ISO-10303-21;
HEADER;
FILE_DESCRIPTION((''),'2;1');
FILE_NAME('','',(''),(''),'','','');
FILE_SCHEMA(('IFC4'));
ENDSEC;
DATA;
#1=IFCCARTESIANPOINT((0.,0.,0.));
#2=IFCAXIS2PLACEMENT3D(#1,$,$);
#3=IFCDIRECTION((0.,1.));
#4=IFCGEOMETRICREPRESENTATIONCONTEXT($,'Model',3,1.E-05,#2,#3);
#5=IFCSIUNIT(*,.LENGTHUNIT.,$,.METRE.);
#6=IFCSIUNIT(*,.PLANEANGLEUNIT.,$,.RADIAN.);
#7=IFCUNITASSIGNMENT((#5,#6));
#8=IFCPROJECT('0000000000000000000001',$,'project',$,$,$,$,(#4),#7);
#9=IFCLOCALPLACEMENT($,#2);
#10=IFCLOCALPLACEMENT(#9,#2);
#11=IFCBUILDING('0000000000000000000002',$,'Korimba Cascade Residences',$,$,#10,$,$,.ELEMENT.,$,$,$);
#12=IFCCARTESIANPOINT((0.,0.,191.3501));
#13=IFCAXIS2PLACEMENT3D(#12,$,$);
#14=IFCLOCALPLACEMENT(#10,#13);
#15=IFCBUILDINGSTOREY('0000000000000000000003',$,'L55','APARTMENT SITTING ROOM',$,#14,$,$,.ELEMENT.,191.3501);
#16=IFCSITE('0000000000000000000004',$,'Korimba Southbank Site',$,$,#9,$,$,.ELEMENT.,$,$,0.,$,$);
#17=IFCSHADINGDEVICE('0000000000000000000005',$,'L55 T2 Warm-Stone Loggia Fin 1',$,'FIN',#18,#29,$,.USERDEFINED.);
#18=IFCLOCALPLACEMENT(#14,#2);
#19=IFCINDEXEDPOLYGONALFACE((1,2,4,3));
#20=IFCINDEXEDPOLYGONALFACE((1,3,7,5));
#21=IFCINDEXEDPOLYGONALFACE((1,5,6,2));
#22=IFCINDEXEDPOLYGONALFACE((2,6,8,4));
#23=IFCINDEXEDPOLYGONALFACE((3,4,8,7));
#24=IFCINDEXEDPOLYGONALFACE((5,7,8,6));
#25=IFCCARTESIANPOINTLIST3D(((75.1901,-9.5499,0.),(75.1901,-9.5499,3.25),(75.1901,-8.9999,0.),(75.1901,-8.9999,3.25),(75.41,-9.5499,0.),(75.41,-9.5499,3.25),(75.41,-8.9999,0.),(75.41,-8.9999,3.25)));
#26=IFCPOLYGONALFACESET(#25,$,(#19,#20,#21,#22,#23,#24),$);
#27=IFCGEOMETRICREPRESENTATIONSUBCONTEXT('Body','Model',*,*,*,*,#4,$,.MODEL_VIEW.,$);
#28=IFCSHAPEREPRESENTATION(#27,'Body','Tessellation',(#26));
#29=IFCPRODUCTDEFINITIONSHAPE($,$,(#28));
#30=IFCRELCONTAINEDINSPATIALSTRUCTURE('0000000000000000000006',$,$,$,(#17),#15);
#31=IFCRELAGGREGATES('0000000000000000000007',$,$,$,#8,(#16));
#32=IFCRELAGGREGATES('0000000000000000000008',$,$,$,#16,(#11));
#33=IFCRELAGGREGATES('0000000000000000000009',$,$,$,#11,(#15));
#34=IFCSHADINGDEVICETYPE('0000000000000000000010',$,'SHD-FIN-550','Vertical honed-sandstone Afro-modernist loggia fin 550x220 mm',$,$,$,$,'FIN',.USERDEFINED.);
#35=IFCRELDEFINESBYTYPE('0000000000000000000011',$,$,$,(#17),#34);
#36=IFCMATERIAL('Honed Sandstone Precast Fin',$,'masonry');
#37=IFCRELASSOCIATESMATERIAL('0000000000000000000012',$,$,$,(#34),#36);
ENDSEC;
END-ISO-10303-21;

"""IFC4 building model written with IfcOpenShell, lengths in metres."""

from ifc_helpers import new_model, si_unit, direction, frame, origin, origin_2d, place, context, subcontext, project, spatial, rectangle, extrude, material, type_object, element, save


model = new_model("IFC4")

# Units and contexts
model_context = context("Model", 3, precision=1e-05, world=origin(), true_north=direction((0.0, 1.0)))
body_context = subcontext(model_context, "Body", "Model", "MODEL_VIEW")
ifc_project = project(units=[si_unit("LENGTHUNIT", "METRE"), si_unit("PLANEANGLEUNIT", "RADIAN")], contexts=[model_context])

# Site, building, storey
site_placement = place(None, origin())
site = spatial("IfcSite", under=ifc_project, at=site_placement, Name="Korimba Southbank Site", CompositionType="ELEMENT", RefElevation=0.0)
building_placement = place(site_placement, origin())
building = spatial("IfcBuilding", under=site, at=building_placement, Name="Korimba Cascade Residences", CompositionType="ELEMENT")
storey_placement = place(building_placement, frame((0.0, 0.0, 191.3501)))
storey = spatial("IfcBuildingStorey", under=building, at=storey_placement, Name="L55", Description="APARTMENT SITTING ROOM", CompositionType="ELEMENT", Elevation=191.3501)

# Shading device
ifc_material_1 = material(Name="Honed Sandstone Precast Fin", Category="masonry")
shading_device_type = type_object("IfcShadingDeviceType", Name="SHD-FIN-550", Description="Vertical honed-sandstone Afro-modernist loggia fin 550x220 mm", ElementType="FIN", PredefinedType="USERDEFINED", material=ifc_material_1)
shading_device_placement = place(storey_placement, frame((75.3, -9.2749, 0.0), z_axis=(0.0, 0.0, 1.0), x_axis=(1.0, 0.0, 0.0)))
element("IfcShadingDevice", 1, at=shading_device_placement, inside=storey, type_object=shading_device_type, Name="L55 T2 Warm-Stone Loggia Fin 1", ObjectType="FIN", PredefinedType="USERDEFINED", context=body_context, shape_type="SweptSolid", body=[
    extrude(rectangle(XDim=0.22, YDim=0.55, at=origin_2d()), origin(), (0.0, 0.0, 1.0), 3.25),
])

save(model, "model.ifc")
